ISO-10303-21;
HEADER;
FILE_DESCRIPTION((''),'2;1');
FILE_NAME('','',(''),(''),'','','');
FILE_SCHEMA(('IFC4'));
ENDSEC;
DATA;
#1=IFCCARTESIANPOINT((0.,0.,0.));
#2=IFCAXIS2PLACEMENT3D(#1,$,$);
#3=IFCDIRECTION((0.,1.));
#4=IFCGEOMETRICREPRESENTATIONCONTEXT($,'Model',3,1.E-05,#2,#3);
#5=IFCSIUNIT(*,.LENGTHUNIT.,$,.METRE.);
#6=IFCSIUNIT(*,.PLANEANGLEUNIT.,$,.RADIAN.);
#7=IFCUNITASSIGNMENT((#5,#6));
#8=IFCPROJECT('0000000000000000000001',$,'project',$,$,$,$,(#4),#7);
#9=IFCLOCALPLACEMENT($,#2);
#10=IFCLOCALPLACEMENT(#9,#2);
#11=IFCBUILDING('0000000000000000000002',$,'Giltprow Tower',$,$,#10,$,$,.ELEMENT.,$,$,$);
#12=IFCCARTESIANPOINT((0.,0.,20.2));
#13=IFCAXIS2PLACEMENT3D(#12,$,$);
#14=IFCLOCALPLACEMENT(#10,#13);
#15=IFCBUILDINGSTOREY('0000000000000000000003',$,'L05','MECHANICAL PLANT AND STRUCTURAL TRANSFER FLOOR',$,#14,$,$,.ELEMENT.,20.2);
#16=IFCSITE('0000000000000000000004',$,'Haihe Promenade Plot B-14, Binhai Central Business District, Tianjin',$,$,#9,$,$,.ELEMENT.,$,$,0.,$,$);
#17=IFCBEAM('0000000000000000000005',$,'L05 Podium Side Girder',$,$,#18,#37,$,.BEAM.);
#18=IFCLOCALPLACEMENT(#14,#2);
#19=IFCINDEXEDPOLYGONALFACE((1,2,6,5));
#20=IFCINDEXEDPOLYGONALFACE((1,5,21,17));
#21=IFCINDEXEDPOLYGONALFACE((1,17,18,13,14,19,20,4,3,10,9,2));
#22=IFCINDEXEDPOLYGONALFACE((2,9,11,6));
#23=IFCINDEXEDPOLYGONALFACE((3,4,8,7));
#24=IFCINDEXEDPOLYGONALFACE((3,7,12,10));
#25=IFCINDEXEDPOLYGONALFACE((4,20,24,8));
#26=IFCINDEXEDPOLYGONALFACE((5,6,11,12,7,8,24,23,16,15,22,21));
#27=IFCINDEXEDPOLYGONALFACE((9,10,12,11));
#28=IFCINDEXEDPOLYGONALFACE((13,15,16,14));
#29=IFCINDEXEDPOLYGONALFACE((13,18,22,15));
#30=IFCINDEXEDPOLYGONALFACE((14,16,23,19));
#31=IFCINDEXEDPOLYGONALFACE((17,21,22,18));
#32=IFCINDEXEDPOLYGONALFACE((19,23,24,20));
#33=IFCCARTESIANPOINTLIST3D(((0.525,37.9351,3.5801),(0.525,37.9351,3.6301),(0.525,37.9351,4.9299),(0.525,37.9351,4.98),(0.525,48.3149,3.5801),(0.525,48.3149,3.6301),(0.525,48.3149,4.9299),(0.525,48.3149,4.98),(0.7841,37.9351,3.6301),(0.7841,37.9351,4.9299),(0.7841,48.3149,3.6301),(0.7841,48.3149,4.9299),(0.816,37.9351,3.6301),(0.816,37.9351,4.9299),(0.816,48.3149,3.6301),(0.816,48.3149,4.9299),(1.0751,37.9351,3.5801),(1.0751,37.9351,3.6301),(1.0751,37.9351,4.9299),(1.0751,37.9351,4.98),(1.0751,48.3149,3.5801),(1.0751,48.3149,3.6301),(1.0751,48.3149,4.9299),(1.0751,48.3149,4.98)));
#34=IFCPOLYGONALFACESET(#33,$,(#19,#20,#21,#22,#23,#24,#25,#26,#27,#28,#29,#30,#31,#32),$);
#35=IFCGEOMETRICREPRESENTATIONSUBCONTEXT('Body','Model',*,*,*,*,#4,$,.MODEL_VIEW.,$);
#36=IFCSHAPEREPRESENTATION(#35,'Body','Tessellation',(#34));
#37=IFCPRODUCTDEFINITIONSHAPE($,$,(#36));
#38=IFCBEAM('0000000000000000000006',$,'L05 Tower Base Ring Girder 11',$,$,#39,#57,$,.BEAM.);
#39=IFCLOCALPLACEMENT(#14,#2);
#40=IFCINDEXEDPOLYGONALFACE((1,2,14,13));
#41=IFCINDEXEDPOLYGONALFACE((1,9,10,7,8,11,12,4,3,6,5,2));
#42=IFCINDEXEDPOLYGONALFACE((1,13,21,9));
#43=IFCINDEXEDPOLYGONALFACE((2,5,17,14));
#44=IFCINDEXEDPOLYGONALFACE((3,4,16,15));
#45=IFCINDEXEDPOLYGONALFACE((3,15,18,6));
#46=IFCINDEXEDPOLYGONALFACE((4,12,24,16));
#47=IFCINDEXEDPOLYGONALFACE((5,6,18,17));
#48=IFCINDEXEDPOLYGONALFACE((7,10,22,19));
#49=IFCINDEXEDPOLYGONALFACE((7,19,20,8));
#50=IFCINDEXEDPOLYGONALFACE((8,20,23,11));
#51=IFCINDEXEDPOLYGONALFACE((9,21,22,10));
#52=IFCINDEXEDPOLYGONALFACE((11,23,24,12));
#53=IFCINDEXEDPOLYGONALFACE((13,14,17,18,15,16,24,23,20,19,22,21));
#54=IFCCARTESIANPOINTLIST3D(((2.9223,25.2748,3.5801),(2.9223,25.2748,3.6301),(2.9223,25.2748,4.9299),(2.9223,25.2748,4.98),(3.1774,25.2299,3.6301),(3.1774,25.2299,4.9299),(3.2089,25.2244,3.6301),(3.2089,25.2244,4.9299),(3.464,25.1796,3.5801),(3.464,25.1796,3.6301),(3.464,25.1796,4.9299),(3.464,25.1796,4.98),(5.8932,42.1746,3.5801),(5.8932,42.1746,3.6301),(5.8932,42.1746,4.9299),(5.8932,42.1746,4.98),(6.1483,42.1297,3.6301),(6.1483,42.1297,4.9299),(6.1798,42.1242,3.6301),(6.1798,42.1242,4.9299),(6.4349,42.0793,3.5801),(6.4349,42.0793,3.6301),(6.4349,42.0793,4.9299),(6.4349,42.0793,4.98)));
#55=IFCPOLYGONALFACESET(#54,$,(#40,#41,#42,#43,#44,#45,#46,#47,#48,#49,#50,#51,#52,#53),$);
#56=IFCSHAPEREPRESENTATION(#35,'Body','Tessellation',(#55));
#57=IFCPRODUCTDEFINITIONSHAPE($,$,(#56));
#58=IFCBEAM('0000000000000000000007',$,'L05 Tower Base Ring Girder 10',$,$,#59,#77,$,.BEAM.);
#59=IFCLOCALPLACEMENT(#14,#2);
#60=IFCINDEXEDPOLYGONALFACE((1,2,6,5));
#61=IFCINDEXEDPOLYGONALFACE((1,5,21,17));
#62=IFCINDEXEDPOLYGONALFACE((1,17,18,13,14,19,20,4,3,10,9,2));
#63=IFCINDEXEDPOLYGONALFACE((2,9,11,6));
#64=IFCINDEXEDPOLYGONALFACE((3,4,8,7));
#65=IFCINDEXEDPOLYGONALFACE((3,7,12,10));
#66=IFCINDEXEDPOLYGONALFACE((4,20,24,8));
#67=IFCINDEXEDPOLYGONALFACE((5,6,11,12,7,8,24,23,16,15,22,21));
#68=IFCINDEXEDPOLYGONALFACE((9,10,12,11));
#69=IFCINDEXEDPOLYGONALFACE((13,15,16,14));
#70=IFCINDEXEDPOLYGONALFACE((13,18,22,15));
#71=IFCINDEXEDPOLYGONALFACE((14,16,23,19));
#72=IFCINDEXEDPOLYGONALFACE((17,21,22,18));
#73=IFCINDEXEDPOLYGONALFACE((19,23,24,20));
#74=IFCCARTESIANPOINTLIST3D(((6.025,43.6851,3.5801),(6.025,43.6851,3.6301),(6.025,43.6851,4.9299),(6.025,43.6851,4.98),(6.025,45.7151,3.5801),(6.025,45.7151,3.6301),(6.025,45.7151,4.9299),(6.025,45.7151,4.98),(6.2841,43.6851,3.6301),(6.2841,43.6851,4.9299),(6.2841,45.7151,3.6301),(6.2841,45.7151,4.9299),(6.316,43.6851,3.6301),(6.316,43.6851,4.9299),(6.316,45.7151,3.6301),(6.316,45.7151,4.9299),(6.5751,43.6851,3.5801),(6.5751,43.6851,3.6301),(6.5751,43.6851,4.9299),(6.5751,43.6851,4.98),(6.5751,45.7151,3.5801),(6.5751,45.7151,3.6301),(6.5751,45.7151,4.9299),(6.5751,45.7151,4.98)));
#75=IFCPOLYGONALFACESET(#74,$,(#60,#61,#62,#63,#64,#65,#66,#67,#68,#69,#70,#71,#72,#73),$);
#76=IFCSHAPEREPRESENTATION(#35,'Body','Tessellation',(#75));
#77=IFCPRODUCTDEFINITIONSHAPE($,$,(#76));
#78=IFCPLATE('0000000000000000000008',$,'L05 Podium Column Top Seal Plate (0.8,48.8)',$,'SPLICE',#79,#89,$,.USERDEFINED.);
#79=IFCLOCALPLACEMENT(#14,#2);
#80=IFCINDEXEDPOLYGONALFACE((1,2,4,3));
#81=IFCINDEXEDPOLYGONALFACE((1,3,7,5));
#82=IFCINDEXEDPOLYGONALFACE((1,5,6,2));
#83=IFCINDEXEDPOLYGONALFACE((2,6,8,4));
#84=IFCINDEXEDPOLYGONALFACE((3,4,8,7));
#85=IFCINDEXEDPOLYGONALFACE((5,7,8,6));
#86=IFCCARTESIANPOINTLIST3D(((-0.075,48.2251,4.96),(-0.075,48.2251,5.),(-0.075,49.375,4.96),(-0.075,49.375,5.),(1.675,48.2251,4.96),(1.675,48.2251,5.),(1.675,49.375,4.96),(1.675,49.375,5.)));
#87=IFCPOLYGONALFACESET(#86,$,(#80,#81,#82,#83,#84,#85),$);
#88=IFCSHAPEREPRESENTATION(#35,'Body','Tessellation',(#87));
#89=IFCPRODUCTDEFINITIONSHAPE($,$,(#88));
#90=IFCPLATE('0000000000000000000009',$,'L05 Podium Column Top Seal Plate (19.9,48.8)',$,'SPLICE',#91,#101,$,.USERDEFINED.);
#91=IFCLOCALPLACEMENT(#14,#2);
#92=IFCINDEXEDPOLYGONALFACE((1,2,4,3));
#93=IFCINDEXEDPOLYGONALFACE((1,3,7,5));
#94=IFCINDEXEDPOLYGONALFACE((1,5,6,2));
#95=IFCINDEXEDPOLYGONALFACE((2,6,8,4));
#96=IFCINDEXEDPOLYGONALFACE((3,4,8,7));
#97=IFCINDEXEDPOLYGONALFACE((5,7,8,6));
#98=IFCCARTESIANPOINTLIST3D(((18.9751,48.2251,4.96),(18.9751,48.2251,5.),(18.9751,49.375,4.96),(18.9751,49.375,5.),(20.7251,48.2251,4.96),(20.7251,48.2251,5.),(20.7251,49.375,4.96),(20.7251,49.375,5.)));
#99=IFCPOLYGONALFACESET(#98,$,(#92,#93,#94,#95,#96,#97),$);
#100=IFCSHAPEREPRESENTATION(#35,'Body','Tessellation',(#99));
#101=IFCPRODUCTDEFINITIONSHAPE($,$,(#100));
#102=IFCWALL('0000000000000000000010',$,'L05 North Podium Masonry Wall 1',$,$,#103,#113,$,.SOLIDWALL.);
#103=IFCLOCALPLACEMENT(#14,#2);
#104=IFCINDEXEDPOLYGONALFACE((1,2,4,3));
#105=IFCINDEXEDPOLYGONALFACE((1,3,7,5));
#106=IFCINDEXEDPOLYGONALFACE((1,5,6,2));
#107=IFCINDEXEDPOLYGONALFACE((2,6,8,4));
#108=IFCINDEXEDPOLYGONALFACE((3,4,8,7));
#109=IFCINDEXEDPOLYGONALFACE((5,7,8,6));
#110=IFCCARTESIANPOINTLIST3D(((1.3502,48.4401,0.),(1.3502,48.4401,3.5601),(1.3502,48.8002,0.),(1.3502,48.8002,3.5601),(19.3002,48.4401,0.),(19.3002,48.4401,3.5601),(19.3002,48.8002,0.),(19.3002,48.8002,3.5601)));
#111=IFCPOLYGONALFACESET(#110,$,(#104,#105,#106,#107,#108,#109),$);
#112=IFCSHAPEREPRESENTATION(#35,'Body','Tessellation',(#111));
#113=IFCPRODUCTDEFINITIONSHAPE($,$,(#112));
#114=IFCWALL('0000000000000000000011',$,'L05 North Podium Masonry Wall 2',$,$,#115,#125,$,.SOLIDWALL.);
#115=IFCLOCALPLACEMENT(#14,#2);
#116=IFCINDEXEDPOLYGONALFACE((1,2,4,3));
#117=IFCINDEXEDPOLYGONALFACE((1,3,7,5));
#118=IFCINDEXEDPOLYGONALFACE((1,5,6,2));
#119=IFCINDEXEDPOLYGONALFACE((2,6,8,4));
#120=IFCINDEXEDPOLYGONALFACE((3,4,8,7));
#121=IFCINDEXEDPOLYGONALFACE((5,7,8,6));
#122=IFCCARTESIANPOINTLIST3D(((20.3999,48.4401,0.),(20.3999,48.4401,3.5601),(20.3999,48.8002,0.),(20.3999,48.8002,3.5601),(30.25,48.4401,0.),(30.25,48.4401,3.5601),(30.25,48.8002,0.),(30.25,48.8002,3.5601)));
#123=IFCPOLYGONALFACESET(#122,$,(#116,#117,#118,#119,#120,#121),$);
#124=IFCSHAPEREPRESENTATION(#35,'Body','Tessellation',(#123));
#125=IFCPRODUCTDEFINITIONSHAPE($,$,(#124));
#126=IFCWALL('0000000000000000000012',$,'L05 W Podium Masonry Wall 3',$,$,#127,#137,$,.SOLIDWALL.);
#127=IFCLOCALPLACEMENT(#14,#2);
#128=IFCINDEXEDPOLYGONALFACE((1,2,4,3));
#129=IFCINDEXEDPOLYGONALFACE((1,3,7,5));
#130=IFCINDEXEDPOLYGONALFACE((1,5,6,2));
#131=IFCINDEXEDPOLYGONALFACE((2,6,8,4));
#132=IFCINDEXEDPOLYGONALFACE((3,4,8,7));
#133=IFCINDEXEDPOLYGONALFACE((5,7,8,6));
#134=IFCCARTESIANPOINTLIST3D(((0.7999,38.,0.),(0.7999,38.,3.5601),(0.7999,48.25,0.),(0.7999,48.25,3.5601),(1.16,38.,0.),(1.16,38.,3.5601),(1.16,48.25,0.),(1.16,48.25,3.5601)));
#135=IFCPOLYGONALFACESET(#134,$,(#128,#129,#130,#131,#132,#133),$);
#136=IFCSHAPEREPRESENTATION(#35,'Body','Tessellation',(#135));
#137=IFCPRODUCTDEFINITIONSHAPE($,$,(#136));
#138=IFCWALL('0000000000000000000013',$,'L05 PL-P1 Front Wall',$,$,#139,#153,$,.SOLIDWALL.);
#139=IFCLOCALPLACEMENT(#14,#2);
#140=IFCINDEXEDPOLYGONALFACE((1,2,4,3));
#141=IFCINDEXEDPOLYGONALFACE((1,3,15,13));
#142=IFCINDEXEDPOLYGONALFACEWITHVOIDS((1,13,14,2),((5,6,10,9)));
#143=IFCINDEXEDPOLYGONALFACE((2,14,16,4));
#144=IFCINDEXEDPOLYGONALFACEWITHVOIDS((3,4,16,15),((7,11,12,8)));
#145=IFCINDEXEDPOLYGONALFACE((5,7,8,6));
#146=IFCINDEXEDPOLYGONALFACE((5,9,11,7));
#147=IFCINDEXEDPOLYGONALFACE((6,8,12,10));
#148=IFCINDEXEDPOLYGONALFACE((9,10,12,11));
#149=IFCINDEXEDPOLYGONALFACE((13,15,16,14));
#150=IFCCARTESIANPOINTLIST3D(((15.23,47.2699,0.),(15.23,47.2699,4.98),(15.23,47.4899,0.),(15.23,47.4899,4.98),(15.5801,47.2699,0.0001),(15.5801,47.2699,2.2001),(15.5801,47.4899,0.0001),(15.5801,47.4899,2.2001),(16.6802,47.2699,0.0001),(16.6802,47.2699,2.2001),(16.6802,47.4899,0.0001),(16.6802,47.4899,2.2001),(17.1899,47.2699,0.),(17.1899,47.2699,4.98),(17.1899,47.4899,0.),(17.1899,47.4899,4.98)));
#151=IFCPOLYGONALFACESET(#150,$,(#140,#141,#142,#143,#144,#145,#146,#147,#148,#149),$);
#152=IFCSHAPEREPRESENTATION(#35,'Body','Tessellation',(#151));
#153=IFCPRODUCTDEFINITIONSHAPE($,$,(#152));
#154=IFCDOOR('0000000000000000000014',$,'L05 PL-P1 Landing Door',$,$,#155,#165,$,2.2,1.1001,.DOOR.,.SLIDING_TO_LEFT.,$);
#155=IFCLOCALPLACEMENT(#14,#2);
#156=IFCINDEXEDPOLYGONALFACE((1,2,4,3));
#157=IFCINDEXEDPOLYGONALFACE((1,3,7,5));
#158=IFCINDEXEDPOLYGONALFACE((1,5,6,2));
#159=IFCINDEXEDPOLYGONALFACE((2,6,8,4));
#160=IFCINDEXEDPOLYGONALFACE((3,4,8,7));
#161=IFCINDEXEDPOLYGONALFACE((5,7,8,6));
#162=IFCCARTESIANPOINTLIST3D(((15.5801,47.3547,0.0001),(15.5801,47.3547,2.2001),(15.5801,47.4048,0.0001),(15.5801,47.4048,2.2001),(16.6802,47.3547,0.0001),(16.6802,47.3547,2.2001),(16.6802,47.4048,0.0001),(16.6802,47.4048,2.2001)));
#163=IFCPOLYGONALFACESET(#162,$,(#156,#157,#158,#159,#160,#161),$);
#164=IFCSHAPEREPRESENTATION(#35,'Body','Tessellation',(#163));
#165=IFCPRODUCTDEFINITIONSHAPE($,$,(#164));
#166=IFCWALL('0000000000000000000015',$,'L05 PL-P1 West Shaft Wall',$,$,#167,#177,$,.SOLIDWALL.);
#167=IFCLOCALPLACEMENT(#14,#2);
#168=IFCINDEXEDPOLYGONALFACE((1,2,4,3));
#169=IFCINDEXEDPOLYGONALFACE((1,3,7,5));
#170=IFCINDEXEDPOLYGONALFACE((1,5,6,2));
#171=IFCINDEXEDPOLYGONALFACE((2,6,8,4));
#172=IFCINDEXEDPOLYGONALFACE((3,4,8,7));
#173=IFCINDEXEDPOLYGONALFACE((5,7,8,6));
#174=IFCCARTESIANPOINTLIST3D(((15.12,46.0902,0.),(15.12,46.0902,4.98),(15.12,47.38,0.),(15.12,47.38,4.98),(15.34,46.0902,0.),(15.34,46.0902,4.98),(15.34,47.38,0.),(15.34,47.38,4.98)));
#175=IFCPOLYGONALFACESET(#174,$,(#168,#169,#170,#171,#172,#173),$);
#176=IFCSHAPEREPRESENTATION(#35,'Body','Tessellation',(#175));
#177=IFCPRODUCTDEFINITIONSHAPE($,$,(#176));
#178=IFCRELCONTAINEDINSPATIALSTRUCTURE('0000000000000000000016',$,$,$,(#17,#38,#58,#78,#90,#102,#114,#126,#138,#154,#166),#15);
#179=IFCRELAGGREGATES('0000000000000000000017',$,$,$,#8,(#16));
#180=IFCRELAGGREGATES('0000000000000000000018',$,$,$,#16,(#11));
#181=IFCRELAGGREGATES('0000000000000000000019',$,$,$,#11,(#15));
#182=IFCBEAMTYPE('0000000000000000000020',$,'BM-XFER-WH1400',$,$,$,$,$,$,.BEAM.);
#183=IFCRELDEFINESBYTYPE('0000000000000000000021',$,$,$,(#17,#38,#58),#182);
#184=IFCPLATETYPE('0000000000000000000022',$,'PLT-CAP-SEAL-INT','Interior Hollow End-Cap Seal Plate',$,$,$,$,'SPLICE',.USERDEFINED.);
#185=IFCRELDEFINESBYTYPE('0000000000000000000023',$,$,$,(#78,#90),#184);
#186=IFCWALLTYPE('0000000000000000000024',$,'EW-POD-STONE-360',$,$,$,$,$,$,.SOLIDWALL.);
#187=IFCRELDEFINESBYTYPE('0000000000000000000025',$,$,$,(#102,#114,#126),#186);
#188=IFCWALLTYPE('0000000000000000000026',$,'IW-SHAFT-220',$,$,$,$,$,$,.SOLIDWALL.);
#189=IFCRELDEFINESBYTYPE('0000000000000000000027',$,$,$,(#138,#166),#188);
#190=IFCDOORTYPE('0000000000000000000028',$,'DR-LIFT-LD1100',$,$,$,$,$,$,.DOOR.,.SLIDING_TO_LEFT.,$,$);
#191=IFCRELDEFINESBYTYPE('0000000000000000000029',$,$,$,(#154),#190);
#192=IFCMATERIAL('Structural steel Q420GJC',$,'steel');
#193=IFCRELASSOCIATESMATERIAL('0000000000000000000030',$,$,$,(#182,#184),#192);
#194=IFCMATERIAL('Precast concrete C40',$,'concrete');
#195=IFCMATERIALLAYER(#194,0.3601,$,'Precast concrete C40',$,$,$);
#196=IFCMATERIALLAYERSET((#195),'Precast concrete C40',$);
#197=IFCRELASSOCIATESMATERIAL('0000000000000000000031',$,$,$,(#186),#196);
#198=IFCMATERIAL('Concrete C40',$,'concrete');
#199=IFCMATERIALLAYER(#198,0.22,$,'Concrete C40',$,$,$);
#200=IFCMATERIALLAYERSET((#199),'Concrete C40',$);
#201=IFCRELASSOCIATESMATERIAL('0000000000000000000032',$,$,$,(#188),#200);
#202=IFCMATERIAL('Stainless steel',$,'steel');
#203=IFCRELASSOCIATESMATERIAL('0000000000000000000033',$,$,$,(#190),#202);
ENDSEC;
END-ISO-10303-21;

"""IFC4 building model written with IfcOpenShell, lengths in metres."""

from ifc_helpers import new_model, si_unit, direction, frame, frame_2d, origin, origin_2d, place, context, subcontext, project, spatial, rectangle, i_section, extrude, source, transform, mapped, material, layer, layer_set, material_profile, profile_set, type_object, element, fill, save


model = new_model("IFC4")

# Units and contexts
model_context = context("Model", 3, precision=1e-05, world=origin(), true_north=direction((0.0, 1.0)))
body_context = subcontext(model_context, "Body", "Model", "MODEL_VIEW")
ifc_project = project(units=[si_unit("LENGTHUNIT", "METRE"), si_unit("PLANEANGLEUNIT", "RADIAN")], contexts=[model_context])

# Site, building, storey
site_placement = place(None, origin())
site = spatial("IfcSite", under=ifc_project, at=site_placement, Name="Haihe Promenade Plot B-14, Binhai Central Business District, Tianjin", CompositionType="ELEMENT", RefElevation=0.0)
building_placement = place(site_placement, origin())
building = spatial("IfcBuilding", under=site, at=building_placement, Name="Giltprow Tower", CompositionType="ELEMENT")
storey_placement = place(building_placement, frame((0.0, 0.0, 20.2)))
storey = spatial("IfcBuildingStorey", under=building, at=storey_placement, Name="L05", Description="MECHANICAL PLANT AND STRUCTURAL TRANSFER FLOOR", CompositionType="ELEMENT", Elevation=20.2)

# Shared definitions
ifc_material_1 = material(Name="Structural steel Q420GJC", Category="steel")

# Beams
ifc_material_profile_1 = material_profile(ifc_material_1, i_section(OverallWidth=0.55, OverallDepth=1.3999, WebThickness=0.032, FlangeThickness=0.05, at=origin_2d()), Name="WH 1400x550x32x50")
ifc_profile_set_1 = profile_set([ifc_material_profile_1], Name="Structural steel Q420GJC")
beam_type_1 = type_object("IfcBeamType", Name="BM-XFER-WH1400", PredefinedType="BEAM", material=ifc_profile_set_1)
shared_shape_1 = source(origin(), body_context, "Body", "SweptSolid", [
    extrude(i_section(OverallWidth=0.55, OverallDepth=1.3999, WebThickness=0.032, FlangeThickness=0.05, at=origin_2d()), origin(), (0.0, 0.0, 1.0), 10.3799),
])
beam_1_placement = place(storey_placement, frame((0.8, 37.9351, 4.28), z_axis=(0.0, 1.0, 0.0), x_axis=(-1.0, 0.0, 0.0)))
element("IfcBeam", 1, at=beam_1_placement, inside=storey, type_object=beam_type_1, Name="L05 Podium Side Girder", PredefinedType="BEAM", context=body_context, shape_type="MappedRepresentation", body=[
    mapped(shared_shape_1, transform((0.0, 0.0, 0.0), x_axis=(1.0, 0.0, 0.0), y_axis=(0.0, 1.0, 0.0), z_axis=(0.0, 0.0, 1.0), scale=1.0)),
])
shared_shape_2 = source(origin(), body_context, "Body", "SweptSolid", [
    extrude(i_section(OverallWidth=0.55, OverallDepth=1.3999, WebThickness=0.032, FlangeThickness=0.05, at=origin_2d()), origin(), (0.0, 0.0, 1.0), 17.1589),
])
beam_2_placement = place(storey_placement, frame((6.1641, 42.127, 4.28), z_axis=(-0.173142, -0.984897, 0.0), x_axis=(0.984897, -0.173142, 0.0)))
element("IfcBeam", 2, at=beam_2_placement, inside=storey, type_object=beam_type_1, Name="L05 Tower Base Ring Girder 11", PredefinedType="BEAM", context=body_context, shape_type="MappedRepresentation", body=[
    mapped(shared_shape_2, transform((0.0, 0.0, 0.0), x_axis=(1.0, 0.0, 0.0), y_axis=(0.0, 1.0, 0.0), z_axis=(0.0, 0.0, 1.0), scale=1.0)),
])
shared_shape_3 = source(origin(), body_context, "Body", "SweptSolid", [
    extrude(i_section(OverallWidth=0.55, OverallDepth=1.3999, WebThickness=0.032, FlangeThickness=0.05, at=origin_2d()), origin(), (0.0, 0.0, 1.0), 2.03),
])
beam_3_placement = place(storey_placement, frame((6.3, 45.7151, 4.28), z_axis=(0.0, -1.0, 0.0), x_axis=(1.0, 0.0, 0.0)))
element("IfcBeam", 3, at=beam_3_placement, inside=storey, type_object=beam_type_1, Name="L05 Tower Base Ring Girder 10", PredefinedType="BEAM", context=body_context, shape_type="MappedRepresentation", body=[
    mapped(shared_shape_3, transform((0.0, 0.0, 0.0), x_axis=(1.0, 0.0, 0.0), y_axis=(0.0, 1.0, 0.0), z_axis=(0.0, 0.0, 1.0), scale=1.0)),
])

# Plates
plate_type = type_object("IfcPlateType", Name="PLT-CAP-SEAL-INT", Description="Interior Hollow End-Cap Seal Plate", ElementType="SPLICE", PredefinedType="USERDEFINED", material=ifc_material_1)
shared_shape_4 = source(origin(), body_context, "Body", "SweptSolid", [
    extrude(rectangle(XDim=1.75, YDim=1.1499, at=origin_2d()), origin(), (0.0, 0.0, 1.0), 0.04),
])
for number, where, z_axis, x_axis, name in (
    (4, (0.8, 48.8, 4.96), (0.0, 0.0, 1.0), (1.0, 0.0, 0.0), "L05 Podium Column Top Seal Plate (0.8,48.8)"),
    (5, (19.8501, 48.8, 4.96), (0.0, 0.0, 1.0), (1.0, 0.0, 0.0), "L05 Podium Column Top Seal Plate (19.9,48.8)"),
):
    element("IfcPlate", number, at=place(storey_placement, frame(where, z_axis=z_axis, x_axis=x_axis)), inside=storey, type_object=plate_type, Name=name, ObjectType="SPLICE", PredefinedType="USERDEFINED", context=body_context, shape_type="MappedRepresentation", body=[
        mapped(shared_shape_4, transform((0.0, 0.0, 0.0), x_axis=(1.0, 0.0, 0.0), y_axis=(0.0, 1.0, 0.0), z_axis=(0.0, 0.0, 1.0), scale=1.0)),
    ])

# Walls
ifc_material_2 = material(Name="Precast concrete C40", Category="concrete")
ifc_layer_1 = layer(ifc_material_2, 0.3601, Name="Precast concrete C40")
ifc_layer_set_1 = layer_set([ifc_layer_1], Name="Precast concrete C40")
wall_type_1 = type_object("IfcWallType", Name="EW-POD-STONE-360", PredefinedType="SOLIDWALL", material=ifc_layer_set_1)
wall_1_placement = place(storey_placement, frame((1.3501, 48.6201, 0.0), z_axis=(0.0, 0.0, 1.0), x_axis=(1.0, 0.0, 0.0)))
element("IfcWall", 6, at=wall_1_placement, inside=storey, type_object=wall_type_1, Name="L05 North Podium Masonry Wall 1", PredefinedType="SOLIDWALL", context=body_context, shape_type="SweptSolid", body=[
    extrude(rectangle(XDim=17.95, YDim=0.3601, at=frame_2d((8.9751, 0.0))), origin(), (0.0, 0.0, 1.0), 3.5601),
])
wall_2_placement = place(storey_placement, frame((20.3999, 48.6201, 0.0), z_axis=(0.0, 0.0, 1.0), x_axis=(1.0, 0.0, 0.0)))
element("IfcWall", 7, at=wall_2_placement, inside=storey, type_object=wall_type_1, Name="L05 North Podium Masonry Wall 2", PredefinedType="SOLIDWALL", context=body_context, shape_type="SweptSolid", body=[
    extrude(rectangle(XDim=9.8501, YDim=0.3601, at=frame_2d((4.925, 0.0))), origin(), (0.0, 0.0, 1.0), 3.5601),
])
wall_3_placement = place(storey_placement, frame((0.98, 38.0, 0.0), z_axis=(0.0, 0.0, 1.0), x_axis=(0.0, 1.0, 0.0)))
element("IfcWall", 8, at=wall_3_placement, inside=storey, type_object=wall_type_1, Name="L05 W Podium Masonry Wall 3", PredefinedType="SOLIDWALL", context=body_context, shape_type="SweptSolid", body=[
    extrude(rectangle(XDim=10.25, YDim=0.3601, at=frame_2d((5.125, 0.0))), origin(), (0.0, 0.0, 1.0), 3.5601),
])

# Wall, opening, door
ifc_material_3 = material(Name="Concrete C40", Category="concrete")
ifc_layer_2 = layer(ifc_material_3, 0.22, Name="Concrete C40")
ifc_layer_set_2 = layer_set([ifc_layer_2], Name="Concrete C40")
wall_type_2 = type_object("IfcWallType", Name="IW-SHAFT-220", PredefinedType="SOLIDWALL", material=ifc_layer_set_2)
wall_4_placement = place(storey_placement, frame((15.23, 47.3799, 0.0), z_axis=(0.0, 0.0, 1.0), x_axis=(1.0, 0.0, 0.0)))
wall_4 = element("IfcWall", 9, at=wall_4_placement, inside=storey, type_object=wall_type_2, Name="L05 PL-P1 Front Wall", PredefinedType="SOLIDWALL", context=body_context, shape_type="SweptSolid", body=[
    extrude(rectangle(XDim=1.96, YDim=0.22, at=frame_2d((0.98, 0.0))), origin(), (0.0, 0.0, 1.0), 4.98),
])
opening_1_placement = place(wall_4_placement, frame((0.3501, 0.0, 0.0)))
opening_1 = element("IfcOpeningElement", 10, at=opening_1_placement, cuts=wall_4, PredefinedType="OPENING", context=body_context, shape_type="SweptSolid", body=[
    extrude(rectangle(XDim=1.1001, YDim=2.2, at=frame_2d((0.55, 1.1001))), frame((0.0, 0.1199, 0.0), z_axis=(0.0, -1.0, 0.0), x_axis=(1.0, 0.0, 0.0)), (0.0, 0.0, 1.0), 0.24),
])
ifc_material_4 = material(Name="Stainless steel", Category="steel")
door_type_1 = type_object("IfcDoorType", Name="DR-LIFT-LD1100", OperationType="SLIDING_TO_LEFT", PredefinedType="DOOR", material=ifc_material_4)
shared_shape_5 = source(origin(), body_context, "Body", "SweptSolid", [
    extrude(rectangle(XDim=1.1001, YDim=2.2, at=frame_2d((0.55, 1.1001))), frame((0.0, 0.0249, 0.0), z_axis=(0.0, -1.0, 0.0), x_axis=(1.0, 0.0, 0.0)), (0.0, 0.0, 1.0), 0.05),
])
door_1_placement = place(opening_1_placement, origin())
door_1 = element("IfcDoor", 11, at=door_1_placement, inside=storey, type_object=door_type_1, Name="L05 PL-P1 Landing Door", OperationType="SLIDING_TO_LEFT", OverallHeight=2.2, OverallWidth=1.1001, PredefinedType="DOOR", context=body_context, shape_type="MappedRepresentation", body=[
    mapped(shared_shape_5, transform((0.0, 0.0, 0.0), x_axis=(1.0, 0.0, 0.0), y_axis=(0.0, 1.0, 0.0), z_axis=(0.0, 0.0, 1.0), scale=1.0)),
])
fill(opening_1, door_1)

# Wall
for number, where, z_axis, x_axis, name in (
    (12, (15.23, 46.0901, 0.0), (0.0, 0.0, 1.0), (0.0, 1.0, 0.0), "L05 PL-P1 West Shaft Wall"),
):
    element("IfcWall", number, at=place(storey_placement, frame(where, z_axis=z_axis, x_axis=x_axis)), inside=storey, type_object=wall_type_2, Name=name, PredefinedType="SOLIDWALL", context=body_context, shape_type="SweptSolid", body=[
        extrude(rectangle(XDim=1.2898, YDim=0.22, at=frame_2d((0.645, 0.0))), origin(), (0.0, 0.0, 1.0), 4.98),
    ])

save(model, "model.ifc")
